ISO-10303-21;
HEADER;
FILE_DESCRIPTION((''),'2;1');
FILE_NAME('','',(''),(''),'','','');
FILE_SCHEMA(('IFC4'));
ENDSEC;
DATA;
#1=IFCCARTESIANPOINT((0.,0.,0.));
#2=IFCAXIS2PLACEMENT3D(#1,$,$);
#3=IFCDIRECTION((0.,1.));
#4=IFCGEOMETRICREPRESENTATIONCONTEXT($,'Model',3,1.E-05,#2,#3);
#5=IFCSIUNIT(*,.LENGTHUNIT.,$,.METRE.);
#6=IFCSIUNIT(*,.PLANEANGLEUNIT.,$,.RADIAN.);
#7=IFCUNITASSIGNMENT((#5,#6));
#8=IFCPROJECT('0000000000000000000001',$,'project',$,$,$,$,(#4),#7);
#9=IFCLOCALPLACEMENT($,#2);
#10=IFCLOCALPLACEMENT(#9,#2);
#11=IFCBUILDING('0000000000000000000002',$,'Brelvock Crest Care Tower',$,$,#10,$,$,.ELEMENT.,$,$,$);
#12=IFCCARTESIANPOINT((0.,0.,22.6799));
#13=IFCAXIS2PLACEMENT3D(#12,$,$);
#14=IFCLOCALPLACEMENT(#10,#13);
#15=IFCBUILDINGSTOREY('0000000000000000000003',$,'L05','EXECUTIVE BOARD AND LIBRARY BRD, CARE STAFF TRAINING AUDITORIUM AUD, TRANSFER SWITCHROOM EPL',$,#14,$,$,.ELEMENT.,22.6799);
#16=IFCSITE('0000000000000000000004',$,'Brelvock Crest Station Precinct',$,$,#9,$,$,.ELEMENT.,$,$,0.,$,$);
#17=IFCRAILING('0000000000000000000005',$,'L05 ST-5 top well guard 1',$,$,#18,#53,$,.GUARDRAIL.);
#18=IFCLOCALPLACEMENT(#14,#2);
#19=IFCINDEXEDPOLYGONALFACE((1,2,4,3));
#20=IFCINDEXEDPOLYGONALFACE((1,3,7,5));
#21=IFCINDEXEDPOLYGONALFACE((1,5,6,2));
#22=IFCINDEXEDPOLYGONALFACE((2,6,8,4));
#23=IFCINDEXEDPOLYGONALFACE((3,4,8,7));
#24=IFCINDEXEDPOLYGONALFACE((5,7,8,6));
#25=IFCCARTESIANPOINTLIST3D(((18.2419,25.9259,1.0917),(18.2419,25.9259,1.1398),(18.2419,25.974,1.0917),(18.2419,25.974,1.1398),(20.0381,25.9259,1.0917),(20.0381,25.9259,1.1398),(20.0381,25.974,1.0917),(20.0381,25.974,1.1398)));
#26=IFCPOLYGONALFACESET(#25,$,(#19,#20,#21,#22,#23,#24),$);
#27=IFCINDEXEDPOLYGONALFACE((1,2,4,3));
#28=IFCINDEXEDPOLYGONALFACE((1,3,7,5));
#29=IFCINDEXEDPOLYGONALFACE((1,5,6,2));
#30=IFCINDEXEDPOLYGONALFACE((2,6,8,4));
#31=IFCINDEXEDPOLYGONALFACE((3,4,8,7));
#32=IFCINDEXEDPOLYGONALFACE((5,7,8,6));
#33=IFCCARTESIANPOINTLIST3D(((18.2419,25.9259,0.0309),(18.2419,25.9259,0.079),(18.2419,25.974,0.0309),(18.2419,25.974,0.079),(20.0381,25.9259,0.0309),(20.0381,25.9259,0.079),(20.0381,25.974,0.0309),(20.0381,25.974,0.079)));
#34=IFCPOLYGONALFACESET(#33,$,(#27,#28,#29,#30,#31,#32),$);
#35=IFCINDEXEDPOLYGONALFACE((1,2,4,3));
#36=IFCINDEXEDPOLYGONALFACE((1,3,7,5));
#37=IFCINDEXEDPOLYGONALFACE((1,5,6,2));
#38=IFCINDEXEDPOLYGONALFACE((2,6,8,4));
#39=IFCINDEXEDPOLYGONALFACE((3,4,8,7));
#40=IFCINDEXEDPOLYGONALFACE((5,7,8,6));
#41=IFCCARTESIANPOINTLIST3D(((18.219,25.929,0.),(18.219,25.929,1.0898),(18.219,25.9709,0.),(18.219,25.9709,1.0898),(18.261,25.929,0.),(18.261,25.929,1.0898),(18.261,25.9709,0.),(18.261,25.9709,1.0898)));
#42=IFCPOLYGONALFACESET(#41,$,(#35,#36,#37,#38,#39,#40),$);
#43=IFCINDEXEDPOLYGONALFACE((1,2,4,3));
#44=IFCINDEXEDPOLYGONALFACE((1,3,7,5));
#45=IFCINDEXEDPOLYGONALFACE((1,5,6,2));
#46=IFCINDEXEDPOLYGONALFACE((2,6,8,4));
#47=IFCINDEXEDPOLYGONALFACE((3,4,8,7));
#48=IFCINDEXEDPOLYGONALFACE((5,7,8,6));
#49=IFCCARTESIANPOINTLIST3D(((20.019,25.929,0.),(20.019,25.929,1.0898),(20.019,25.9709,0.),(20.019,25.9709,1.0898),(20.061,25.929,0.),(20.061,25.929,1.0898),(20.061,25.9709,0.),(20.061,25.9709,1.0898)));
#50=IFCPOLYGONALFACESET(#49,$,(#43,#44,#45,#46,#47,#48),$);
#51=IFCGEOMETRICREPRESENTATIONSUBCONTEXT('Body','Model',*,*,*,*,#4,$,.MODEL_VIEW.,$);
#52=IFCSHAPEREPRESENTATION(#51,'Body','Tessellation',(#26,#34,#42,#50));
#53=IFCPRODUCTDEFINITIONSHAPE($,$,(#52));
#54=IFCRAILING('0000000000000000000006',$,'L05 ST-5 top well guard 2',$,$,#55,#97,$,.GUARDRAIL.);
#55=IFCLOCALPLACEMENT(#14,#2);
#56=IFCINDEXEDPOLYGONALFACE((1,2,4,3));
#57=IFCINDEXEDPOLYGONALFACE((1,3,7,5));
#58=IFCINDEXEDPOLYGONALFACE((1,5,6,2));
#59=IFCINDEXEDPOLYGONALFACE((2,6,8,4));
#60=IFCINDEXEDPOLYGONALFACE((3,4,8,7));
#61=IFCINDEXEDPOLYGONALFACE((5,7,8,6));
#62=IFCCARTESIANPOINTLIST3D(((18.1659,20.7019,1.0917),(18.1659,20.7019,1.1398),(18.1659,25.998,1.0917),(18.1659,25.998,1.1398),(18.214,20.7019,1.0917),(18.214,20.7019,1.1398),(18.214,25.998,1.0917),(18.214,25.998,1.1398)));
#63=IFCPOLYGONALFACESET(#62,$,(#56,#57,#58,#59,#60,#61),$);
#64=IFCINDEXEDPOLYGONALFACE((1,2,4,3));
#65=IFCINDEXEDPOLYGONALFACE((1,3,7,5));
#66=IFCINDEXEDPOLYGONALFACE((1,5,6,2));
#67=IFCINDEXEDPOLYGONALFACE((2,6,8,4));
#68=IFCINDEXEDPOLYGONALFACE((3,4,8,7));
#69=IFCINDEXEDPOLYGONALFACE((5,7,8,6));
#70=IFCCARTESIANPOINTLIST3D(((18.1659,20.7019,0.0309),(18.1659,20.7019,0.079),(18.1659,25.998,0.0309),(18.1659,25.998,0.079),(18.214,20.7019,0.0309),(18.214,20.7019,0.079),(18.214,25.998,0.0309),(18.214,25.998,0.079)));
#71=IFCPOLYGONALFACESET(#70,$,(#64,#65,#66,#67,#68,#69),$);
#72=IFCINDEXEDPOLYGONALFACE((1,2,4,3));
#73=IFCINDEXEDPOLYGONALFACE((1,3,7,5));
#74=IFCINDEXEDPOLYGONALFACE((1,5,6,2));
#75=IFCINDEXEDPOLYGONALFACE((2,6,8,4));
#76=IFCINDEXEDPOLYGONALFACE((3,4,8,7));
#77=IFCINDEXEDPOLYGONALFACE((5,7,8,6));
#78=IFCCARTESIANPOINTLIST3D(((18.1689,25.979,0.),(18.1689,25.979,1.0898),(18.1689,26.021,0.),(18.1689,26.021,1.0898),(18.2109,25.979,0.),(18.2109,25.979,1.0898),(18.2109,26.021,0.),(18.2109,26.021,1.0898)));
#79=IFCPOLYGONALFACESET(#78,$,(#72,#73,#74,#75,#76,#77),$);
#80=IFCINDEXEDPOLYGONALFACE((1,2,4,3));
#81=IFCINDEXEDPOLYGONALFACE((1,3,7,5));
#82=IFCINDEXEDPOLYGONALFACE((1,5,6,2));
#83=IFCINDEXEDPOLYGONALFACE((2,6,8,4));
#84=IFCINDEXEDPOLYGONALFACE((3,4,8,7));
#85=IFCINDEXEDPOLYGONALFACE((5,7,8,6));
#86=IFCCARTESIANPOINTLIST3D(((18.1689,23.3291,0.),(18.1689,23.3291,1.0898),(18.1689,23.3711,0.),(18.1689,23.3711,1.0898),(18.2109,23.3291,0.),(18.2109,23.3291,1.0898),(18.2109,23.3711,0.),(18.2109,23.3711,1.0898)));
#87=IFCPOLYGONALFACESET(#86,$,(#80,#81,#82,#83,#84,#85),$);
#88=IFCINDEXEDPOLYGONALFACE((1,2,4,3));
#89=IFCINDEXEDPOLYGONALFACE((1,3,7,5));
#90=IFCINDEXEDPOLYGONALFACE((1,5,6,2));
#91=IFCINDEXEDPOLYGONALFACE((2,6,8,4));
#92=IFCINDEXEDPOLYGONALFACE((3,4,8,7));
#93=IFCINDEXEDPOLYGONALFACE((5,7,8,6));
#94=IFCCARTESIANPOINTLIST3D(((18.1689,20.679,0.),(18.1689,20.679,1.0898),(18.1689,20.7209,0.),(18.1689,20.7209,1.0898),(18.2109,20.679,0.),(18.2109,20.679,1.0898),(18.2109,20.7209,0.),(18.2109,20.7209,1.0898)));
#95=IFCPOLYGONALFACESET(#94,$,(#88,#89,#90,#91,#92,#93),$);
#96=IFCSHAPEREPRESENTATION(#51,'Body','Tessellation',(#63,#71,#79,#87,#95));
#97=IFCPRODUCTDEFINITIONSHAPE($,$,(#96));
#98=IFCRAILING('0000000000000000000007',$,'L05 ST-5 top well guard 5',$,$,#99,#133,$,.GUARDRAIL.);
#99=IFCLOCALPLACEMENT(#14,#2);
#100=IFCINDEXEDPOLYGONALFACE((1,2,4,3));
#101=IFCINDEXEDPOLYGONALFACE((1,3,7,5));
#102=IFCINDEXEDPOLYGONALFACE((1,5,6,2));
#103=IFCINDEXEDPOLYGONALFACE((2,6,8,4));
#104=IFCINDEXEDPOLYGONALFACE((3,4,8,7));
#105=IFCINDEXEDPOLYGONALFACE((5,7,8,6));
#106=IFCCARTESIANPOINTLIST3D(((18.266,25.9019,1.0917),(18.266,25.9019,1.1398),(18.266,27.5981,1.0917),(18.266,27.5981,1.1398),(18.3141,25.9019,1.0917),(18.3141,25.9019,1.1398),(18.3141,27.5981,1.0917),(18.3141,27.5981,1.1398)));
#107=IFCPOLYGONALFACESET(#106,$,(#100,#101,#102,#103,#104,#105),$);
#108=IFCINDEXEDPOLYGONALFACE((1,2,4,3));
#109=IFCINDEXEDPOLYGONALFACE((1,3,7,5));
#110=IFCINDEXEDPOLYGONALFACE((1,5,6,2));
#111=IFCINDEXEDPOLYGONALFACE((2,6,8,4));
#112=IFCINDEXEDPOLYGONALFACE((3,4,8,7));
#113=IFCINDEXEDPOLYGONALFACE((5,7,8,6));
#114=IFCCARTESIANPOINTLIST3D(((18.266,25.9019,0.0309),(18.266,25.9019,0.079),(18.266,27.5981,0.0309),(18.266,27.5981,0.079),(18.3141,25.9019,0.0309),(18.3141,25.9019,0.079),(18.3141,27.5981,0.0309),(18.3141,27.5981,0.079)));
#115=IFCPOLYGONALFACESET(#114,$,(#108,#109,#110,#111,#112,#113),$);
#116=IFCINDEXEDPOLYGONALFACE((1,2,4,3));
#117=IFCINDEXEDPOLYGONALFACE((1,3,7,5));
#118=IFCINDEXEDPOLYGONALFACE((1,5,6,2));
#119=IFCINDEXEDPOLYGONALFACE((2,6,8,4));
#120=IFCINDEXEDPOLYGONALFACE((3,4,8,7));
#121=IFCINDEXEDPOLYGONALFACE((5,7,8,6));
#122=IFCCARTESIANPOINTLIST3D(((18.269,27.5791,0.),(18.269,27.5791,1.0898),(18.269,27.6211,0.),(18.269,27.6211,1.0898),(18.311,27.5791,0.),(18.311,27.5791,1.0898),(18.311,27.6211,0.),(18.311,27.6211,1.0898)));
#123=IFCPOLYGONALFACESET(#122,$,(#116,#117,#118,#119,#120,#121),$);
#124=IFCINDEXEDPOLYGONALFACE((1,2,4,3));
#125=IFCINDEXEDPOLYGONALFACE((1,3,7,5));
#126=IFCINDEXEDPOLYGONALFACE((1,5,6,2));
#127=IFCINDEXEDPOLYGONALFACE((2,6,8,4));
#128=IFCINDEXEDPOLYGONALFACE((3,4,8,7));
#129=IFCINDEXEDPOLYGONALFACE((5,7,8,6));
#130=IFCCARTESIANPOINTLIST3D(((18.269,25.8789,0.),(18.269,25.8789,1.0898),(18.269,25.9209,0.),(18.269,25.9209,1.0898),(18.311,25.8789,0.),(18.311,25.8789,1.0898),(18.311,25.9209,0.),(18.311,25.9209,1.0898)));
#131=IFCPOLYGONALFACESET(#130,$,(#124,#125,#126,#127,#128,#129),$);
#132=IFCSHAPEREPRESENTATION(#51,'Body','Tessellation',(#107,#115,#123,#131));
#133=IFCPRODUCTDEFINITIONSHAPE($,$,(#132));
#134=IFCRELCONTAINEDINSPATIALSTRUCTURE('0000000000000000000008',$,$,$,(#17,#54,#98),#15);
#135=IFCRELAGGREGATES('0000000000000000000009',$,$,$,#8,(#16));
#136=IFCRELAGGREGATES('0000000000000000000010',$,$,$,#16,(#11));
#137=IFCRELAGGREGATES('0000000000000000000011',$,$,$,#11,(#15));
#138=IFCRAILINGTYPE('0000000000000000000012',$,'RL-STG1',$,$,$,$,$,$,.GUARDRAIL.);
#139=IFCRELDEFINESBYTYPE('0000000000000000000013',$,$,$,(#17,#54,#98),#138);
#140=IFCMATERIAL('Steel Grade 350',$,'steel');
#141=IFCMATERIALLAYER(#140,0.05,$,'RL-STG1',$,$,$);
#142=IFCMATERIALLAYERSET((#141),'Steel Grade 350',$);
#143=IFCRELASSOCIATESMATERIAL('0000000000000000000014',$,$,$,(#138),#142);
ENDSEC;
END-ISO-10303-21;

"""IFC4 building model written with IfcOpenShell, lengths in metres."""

from ifc_helpers import new_model, si_unit, direction, frame, origin, origin_2d, place, context, subcontext, project, spatial, rectangle, extrude, material, layer, layer_set, type_object, element, save


model = new_model("IFC4")

# Units and contexts
model_context = context("Model", 3, precision=1e-05, world=origin(), true_north=direction((0.0, 1.0)))
body_context = subcontext(model_context, "Body", "Model", "MODEL_VIEW")
ifc_project = project(units=[si_unit("LENGTHUNIT", "METRE"), si_unit("PLANEANGLEUNIT", "RADIAN")], contexts=[model_context])

# Site, building, storey
site_placement = place(None, origin())
site = spatial("IfcSite", under=ifc_project, at=site_placement, Name="Brelvock Crest Station Precinct", CompositionType="ELEMENT", RefElevation=0.0)
building_placement = place(site_placement, origin())
building = spatial("IfcBuilding", under=site, at=building_placement, Name="Brelvock Crest Care Tower", CompositionType="ELEMENT")
storey_placement = place(building_placement, frame((0.0, 0.0, 22.6799)))
storey = spatial("IfcBuildingStorey", under=building, at=storey_placement, Name="L05", Description="EXECUTIVE BOARD AND LIBRARY BRD, CARE STAFF TRAINING AUDITORIUM AUD, TRANSFER SWITCHROOM EPL", CompositionType="ELEMENT", Elevation=22.6799)

# Shared definitions
ifc_material_1 = material(Name="Steel Grade 350", Category="steel")

# Railings
ifc_layer_1 = layer(ifc_material_1, 0.05, Name="RL-STG1")
ifc_layer_set_1 = layer_set([ifc_layer_1], Name="Steel Grade 350")
railing_type = type_object("IfcRailingType", Name="RL-STG1", PredefinedType="GUARDRAIL", material=ifc_layer_set_1)
railing_1_placement = place(storey_placement, frame((18.24, 25.95, 0.0)))
element("IfcRailing", 1, at=railing_1_placement, inside=storey, type_object=railing_type, Name="L05 ST-5 top well guard 1", PredefinedType="GUARDRAIL", context=body_context, shape_type="SweptSolid", body=[
    extrude(rectangle(XDim=0.0481, YDim=0.0481, at=origin_2d()), frame((0.002, 0.0, 1.1157), z_axis=(1.0, 0.0, 0.0), x_axis=(0.0, 1.0, 0.0)), (0.0, 0.0, 1.0), 1.7961),
    extrude(rectangle(XDim=0.0481, YDim=0.0481, at=origin_2d()), frame((0.002, 0.0, 0.0549), z_axis=(1.0, 0.0, 0.0), x_axis=(0.0, 1.0, 0.0)), (0.0, 0.0, 1.0), 1.7961),
    extrude(rectangle(XDim=0.042, YDim=0.042, at=origin_2d()), origin(), (0.0, 0.0, 1.0), 1.0898),
    extrude(rectangle(XDim=0.042, YDim=0.042, at=origin_2d()), frame((1.8, 0.0, 0.0)), (0.0, 0.0, 1.0), 1.0898),
])
railing_2_placement = place(storey_placement, frame((18.1899, 26.0, 0.0)))
element("IfcRailing", 2, at=railing_2_placement, inside=storey, type_object=railing_type, Name="L05 ST-5 top well guard 2", PredefinedType="GUARDRAIL", context=body_context, shape_type="SweptSolid", body=[
    extrude(rectangle(XDim=0.0481, YDim=0.0481, at=origin_2d()), frame((0.0, -0.002, 1.1157), z_axis=(0.0, -1.0, 0.0), x_axis=(1.0, 0.0, 0.0)), (0.0, 0.0, 1.0), 5.2961),
    extrude(rectangle(XDim=0.0481, YDim=0.0481, at=origin_2d()), frame((0.0, -0.002, 0.0549), z_axis=(0.0, -1.0, 0.0), x_axis=(1.0, 0.0, 0.0)), (0.0, 0.0, 1.0), 5.2961),
    extrude(rectangle(XDim=0.042, YDim=0.042, at=origin_2d()), origin(), (0.0, 0.0, 1.0), 1.0898),
    extrude(rectangle(XDim=0.042, YDim=0.042, at=origin_2d()), frame((0.0, -2.6499, 0.0)), (0.0, 0.0, 1.0), 1.0898),
    extrude(rectangle(XDim=0.042, YDim=0.042, at=origin_2d()), frame((0.0, -5.3, 0.0)), (0.0, 0.0, 1.0), 1.0898),
])
railing_3_placement = place(storey_placement, frame((18.29, 27.6001, 0.0)))
element("IfcRailing", 3, at=railing_3_placement, inside=storey, type_object=railing_type, Name="L05 ST-5 top well guard 5", PredefinedType="GUARDRAIL", context=body_context, shape_type="SweptSolid", body=[
    extrude(rectangle(XDim=0.0481, YDim=0.0481, at=origin_2d()), frame((0.0, -0.002, 1.1157), z_axis=(0.0, -1.0, 0.0), x_axis=(1.0, 0.0, 0.0)), (0.0, 0.0, 1.0), 1.6963),
    extrude(rectangle(XDim=0.0481, YDim=0.0481, at=origin_2d()), frame((0.0, -0.002, 0.0549), z_axis=(0.0, -1.0, 0.0), x_axis=(1.0, 0.0, 0.0)), (0.0, 0.0, 1.0), 1.6963),
    extrude(rectangle(XDim=0.042, YDim=0.042, at=origin_2d()), origin(), (0.0, 0.0, 1.0), 1.0898),
    extrude(rectangle(XDim=0.042, YDim=0.042, at=origin_2d()), frame((0.0, -1.7002, 0.0)), (0.0, 0.0, 1.0), 1.0898),
])

save(model, "model.ifc")
